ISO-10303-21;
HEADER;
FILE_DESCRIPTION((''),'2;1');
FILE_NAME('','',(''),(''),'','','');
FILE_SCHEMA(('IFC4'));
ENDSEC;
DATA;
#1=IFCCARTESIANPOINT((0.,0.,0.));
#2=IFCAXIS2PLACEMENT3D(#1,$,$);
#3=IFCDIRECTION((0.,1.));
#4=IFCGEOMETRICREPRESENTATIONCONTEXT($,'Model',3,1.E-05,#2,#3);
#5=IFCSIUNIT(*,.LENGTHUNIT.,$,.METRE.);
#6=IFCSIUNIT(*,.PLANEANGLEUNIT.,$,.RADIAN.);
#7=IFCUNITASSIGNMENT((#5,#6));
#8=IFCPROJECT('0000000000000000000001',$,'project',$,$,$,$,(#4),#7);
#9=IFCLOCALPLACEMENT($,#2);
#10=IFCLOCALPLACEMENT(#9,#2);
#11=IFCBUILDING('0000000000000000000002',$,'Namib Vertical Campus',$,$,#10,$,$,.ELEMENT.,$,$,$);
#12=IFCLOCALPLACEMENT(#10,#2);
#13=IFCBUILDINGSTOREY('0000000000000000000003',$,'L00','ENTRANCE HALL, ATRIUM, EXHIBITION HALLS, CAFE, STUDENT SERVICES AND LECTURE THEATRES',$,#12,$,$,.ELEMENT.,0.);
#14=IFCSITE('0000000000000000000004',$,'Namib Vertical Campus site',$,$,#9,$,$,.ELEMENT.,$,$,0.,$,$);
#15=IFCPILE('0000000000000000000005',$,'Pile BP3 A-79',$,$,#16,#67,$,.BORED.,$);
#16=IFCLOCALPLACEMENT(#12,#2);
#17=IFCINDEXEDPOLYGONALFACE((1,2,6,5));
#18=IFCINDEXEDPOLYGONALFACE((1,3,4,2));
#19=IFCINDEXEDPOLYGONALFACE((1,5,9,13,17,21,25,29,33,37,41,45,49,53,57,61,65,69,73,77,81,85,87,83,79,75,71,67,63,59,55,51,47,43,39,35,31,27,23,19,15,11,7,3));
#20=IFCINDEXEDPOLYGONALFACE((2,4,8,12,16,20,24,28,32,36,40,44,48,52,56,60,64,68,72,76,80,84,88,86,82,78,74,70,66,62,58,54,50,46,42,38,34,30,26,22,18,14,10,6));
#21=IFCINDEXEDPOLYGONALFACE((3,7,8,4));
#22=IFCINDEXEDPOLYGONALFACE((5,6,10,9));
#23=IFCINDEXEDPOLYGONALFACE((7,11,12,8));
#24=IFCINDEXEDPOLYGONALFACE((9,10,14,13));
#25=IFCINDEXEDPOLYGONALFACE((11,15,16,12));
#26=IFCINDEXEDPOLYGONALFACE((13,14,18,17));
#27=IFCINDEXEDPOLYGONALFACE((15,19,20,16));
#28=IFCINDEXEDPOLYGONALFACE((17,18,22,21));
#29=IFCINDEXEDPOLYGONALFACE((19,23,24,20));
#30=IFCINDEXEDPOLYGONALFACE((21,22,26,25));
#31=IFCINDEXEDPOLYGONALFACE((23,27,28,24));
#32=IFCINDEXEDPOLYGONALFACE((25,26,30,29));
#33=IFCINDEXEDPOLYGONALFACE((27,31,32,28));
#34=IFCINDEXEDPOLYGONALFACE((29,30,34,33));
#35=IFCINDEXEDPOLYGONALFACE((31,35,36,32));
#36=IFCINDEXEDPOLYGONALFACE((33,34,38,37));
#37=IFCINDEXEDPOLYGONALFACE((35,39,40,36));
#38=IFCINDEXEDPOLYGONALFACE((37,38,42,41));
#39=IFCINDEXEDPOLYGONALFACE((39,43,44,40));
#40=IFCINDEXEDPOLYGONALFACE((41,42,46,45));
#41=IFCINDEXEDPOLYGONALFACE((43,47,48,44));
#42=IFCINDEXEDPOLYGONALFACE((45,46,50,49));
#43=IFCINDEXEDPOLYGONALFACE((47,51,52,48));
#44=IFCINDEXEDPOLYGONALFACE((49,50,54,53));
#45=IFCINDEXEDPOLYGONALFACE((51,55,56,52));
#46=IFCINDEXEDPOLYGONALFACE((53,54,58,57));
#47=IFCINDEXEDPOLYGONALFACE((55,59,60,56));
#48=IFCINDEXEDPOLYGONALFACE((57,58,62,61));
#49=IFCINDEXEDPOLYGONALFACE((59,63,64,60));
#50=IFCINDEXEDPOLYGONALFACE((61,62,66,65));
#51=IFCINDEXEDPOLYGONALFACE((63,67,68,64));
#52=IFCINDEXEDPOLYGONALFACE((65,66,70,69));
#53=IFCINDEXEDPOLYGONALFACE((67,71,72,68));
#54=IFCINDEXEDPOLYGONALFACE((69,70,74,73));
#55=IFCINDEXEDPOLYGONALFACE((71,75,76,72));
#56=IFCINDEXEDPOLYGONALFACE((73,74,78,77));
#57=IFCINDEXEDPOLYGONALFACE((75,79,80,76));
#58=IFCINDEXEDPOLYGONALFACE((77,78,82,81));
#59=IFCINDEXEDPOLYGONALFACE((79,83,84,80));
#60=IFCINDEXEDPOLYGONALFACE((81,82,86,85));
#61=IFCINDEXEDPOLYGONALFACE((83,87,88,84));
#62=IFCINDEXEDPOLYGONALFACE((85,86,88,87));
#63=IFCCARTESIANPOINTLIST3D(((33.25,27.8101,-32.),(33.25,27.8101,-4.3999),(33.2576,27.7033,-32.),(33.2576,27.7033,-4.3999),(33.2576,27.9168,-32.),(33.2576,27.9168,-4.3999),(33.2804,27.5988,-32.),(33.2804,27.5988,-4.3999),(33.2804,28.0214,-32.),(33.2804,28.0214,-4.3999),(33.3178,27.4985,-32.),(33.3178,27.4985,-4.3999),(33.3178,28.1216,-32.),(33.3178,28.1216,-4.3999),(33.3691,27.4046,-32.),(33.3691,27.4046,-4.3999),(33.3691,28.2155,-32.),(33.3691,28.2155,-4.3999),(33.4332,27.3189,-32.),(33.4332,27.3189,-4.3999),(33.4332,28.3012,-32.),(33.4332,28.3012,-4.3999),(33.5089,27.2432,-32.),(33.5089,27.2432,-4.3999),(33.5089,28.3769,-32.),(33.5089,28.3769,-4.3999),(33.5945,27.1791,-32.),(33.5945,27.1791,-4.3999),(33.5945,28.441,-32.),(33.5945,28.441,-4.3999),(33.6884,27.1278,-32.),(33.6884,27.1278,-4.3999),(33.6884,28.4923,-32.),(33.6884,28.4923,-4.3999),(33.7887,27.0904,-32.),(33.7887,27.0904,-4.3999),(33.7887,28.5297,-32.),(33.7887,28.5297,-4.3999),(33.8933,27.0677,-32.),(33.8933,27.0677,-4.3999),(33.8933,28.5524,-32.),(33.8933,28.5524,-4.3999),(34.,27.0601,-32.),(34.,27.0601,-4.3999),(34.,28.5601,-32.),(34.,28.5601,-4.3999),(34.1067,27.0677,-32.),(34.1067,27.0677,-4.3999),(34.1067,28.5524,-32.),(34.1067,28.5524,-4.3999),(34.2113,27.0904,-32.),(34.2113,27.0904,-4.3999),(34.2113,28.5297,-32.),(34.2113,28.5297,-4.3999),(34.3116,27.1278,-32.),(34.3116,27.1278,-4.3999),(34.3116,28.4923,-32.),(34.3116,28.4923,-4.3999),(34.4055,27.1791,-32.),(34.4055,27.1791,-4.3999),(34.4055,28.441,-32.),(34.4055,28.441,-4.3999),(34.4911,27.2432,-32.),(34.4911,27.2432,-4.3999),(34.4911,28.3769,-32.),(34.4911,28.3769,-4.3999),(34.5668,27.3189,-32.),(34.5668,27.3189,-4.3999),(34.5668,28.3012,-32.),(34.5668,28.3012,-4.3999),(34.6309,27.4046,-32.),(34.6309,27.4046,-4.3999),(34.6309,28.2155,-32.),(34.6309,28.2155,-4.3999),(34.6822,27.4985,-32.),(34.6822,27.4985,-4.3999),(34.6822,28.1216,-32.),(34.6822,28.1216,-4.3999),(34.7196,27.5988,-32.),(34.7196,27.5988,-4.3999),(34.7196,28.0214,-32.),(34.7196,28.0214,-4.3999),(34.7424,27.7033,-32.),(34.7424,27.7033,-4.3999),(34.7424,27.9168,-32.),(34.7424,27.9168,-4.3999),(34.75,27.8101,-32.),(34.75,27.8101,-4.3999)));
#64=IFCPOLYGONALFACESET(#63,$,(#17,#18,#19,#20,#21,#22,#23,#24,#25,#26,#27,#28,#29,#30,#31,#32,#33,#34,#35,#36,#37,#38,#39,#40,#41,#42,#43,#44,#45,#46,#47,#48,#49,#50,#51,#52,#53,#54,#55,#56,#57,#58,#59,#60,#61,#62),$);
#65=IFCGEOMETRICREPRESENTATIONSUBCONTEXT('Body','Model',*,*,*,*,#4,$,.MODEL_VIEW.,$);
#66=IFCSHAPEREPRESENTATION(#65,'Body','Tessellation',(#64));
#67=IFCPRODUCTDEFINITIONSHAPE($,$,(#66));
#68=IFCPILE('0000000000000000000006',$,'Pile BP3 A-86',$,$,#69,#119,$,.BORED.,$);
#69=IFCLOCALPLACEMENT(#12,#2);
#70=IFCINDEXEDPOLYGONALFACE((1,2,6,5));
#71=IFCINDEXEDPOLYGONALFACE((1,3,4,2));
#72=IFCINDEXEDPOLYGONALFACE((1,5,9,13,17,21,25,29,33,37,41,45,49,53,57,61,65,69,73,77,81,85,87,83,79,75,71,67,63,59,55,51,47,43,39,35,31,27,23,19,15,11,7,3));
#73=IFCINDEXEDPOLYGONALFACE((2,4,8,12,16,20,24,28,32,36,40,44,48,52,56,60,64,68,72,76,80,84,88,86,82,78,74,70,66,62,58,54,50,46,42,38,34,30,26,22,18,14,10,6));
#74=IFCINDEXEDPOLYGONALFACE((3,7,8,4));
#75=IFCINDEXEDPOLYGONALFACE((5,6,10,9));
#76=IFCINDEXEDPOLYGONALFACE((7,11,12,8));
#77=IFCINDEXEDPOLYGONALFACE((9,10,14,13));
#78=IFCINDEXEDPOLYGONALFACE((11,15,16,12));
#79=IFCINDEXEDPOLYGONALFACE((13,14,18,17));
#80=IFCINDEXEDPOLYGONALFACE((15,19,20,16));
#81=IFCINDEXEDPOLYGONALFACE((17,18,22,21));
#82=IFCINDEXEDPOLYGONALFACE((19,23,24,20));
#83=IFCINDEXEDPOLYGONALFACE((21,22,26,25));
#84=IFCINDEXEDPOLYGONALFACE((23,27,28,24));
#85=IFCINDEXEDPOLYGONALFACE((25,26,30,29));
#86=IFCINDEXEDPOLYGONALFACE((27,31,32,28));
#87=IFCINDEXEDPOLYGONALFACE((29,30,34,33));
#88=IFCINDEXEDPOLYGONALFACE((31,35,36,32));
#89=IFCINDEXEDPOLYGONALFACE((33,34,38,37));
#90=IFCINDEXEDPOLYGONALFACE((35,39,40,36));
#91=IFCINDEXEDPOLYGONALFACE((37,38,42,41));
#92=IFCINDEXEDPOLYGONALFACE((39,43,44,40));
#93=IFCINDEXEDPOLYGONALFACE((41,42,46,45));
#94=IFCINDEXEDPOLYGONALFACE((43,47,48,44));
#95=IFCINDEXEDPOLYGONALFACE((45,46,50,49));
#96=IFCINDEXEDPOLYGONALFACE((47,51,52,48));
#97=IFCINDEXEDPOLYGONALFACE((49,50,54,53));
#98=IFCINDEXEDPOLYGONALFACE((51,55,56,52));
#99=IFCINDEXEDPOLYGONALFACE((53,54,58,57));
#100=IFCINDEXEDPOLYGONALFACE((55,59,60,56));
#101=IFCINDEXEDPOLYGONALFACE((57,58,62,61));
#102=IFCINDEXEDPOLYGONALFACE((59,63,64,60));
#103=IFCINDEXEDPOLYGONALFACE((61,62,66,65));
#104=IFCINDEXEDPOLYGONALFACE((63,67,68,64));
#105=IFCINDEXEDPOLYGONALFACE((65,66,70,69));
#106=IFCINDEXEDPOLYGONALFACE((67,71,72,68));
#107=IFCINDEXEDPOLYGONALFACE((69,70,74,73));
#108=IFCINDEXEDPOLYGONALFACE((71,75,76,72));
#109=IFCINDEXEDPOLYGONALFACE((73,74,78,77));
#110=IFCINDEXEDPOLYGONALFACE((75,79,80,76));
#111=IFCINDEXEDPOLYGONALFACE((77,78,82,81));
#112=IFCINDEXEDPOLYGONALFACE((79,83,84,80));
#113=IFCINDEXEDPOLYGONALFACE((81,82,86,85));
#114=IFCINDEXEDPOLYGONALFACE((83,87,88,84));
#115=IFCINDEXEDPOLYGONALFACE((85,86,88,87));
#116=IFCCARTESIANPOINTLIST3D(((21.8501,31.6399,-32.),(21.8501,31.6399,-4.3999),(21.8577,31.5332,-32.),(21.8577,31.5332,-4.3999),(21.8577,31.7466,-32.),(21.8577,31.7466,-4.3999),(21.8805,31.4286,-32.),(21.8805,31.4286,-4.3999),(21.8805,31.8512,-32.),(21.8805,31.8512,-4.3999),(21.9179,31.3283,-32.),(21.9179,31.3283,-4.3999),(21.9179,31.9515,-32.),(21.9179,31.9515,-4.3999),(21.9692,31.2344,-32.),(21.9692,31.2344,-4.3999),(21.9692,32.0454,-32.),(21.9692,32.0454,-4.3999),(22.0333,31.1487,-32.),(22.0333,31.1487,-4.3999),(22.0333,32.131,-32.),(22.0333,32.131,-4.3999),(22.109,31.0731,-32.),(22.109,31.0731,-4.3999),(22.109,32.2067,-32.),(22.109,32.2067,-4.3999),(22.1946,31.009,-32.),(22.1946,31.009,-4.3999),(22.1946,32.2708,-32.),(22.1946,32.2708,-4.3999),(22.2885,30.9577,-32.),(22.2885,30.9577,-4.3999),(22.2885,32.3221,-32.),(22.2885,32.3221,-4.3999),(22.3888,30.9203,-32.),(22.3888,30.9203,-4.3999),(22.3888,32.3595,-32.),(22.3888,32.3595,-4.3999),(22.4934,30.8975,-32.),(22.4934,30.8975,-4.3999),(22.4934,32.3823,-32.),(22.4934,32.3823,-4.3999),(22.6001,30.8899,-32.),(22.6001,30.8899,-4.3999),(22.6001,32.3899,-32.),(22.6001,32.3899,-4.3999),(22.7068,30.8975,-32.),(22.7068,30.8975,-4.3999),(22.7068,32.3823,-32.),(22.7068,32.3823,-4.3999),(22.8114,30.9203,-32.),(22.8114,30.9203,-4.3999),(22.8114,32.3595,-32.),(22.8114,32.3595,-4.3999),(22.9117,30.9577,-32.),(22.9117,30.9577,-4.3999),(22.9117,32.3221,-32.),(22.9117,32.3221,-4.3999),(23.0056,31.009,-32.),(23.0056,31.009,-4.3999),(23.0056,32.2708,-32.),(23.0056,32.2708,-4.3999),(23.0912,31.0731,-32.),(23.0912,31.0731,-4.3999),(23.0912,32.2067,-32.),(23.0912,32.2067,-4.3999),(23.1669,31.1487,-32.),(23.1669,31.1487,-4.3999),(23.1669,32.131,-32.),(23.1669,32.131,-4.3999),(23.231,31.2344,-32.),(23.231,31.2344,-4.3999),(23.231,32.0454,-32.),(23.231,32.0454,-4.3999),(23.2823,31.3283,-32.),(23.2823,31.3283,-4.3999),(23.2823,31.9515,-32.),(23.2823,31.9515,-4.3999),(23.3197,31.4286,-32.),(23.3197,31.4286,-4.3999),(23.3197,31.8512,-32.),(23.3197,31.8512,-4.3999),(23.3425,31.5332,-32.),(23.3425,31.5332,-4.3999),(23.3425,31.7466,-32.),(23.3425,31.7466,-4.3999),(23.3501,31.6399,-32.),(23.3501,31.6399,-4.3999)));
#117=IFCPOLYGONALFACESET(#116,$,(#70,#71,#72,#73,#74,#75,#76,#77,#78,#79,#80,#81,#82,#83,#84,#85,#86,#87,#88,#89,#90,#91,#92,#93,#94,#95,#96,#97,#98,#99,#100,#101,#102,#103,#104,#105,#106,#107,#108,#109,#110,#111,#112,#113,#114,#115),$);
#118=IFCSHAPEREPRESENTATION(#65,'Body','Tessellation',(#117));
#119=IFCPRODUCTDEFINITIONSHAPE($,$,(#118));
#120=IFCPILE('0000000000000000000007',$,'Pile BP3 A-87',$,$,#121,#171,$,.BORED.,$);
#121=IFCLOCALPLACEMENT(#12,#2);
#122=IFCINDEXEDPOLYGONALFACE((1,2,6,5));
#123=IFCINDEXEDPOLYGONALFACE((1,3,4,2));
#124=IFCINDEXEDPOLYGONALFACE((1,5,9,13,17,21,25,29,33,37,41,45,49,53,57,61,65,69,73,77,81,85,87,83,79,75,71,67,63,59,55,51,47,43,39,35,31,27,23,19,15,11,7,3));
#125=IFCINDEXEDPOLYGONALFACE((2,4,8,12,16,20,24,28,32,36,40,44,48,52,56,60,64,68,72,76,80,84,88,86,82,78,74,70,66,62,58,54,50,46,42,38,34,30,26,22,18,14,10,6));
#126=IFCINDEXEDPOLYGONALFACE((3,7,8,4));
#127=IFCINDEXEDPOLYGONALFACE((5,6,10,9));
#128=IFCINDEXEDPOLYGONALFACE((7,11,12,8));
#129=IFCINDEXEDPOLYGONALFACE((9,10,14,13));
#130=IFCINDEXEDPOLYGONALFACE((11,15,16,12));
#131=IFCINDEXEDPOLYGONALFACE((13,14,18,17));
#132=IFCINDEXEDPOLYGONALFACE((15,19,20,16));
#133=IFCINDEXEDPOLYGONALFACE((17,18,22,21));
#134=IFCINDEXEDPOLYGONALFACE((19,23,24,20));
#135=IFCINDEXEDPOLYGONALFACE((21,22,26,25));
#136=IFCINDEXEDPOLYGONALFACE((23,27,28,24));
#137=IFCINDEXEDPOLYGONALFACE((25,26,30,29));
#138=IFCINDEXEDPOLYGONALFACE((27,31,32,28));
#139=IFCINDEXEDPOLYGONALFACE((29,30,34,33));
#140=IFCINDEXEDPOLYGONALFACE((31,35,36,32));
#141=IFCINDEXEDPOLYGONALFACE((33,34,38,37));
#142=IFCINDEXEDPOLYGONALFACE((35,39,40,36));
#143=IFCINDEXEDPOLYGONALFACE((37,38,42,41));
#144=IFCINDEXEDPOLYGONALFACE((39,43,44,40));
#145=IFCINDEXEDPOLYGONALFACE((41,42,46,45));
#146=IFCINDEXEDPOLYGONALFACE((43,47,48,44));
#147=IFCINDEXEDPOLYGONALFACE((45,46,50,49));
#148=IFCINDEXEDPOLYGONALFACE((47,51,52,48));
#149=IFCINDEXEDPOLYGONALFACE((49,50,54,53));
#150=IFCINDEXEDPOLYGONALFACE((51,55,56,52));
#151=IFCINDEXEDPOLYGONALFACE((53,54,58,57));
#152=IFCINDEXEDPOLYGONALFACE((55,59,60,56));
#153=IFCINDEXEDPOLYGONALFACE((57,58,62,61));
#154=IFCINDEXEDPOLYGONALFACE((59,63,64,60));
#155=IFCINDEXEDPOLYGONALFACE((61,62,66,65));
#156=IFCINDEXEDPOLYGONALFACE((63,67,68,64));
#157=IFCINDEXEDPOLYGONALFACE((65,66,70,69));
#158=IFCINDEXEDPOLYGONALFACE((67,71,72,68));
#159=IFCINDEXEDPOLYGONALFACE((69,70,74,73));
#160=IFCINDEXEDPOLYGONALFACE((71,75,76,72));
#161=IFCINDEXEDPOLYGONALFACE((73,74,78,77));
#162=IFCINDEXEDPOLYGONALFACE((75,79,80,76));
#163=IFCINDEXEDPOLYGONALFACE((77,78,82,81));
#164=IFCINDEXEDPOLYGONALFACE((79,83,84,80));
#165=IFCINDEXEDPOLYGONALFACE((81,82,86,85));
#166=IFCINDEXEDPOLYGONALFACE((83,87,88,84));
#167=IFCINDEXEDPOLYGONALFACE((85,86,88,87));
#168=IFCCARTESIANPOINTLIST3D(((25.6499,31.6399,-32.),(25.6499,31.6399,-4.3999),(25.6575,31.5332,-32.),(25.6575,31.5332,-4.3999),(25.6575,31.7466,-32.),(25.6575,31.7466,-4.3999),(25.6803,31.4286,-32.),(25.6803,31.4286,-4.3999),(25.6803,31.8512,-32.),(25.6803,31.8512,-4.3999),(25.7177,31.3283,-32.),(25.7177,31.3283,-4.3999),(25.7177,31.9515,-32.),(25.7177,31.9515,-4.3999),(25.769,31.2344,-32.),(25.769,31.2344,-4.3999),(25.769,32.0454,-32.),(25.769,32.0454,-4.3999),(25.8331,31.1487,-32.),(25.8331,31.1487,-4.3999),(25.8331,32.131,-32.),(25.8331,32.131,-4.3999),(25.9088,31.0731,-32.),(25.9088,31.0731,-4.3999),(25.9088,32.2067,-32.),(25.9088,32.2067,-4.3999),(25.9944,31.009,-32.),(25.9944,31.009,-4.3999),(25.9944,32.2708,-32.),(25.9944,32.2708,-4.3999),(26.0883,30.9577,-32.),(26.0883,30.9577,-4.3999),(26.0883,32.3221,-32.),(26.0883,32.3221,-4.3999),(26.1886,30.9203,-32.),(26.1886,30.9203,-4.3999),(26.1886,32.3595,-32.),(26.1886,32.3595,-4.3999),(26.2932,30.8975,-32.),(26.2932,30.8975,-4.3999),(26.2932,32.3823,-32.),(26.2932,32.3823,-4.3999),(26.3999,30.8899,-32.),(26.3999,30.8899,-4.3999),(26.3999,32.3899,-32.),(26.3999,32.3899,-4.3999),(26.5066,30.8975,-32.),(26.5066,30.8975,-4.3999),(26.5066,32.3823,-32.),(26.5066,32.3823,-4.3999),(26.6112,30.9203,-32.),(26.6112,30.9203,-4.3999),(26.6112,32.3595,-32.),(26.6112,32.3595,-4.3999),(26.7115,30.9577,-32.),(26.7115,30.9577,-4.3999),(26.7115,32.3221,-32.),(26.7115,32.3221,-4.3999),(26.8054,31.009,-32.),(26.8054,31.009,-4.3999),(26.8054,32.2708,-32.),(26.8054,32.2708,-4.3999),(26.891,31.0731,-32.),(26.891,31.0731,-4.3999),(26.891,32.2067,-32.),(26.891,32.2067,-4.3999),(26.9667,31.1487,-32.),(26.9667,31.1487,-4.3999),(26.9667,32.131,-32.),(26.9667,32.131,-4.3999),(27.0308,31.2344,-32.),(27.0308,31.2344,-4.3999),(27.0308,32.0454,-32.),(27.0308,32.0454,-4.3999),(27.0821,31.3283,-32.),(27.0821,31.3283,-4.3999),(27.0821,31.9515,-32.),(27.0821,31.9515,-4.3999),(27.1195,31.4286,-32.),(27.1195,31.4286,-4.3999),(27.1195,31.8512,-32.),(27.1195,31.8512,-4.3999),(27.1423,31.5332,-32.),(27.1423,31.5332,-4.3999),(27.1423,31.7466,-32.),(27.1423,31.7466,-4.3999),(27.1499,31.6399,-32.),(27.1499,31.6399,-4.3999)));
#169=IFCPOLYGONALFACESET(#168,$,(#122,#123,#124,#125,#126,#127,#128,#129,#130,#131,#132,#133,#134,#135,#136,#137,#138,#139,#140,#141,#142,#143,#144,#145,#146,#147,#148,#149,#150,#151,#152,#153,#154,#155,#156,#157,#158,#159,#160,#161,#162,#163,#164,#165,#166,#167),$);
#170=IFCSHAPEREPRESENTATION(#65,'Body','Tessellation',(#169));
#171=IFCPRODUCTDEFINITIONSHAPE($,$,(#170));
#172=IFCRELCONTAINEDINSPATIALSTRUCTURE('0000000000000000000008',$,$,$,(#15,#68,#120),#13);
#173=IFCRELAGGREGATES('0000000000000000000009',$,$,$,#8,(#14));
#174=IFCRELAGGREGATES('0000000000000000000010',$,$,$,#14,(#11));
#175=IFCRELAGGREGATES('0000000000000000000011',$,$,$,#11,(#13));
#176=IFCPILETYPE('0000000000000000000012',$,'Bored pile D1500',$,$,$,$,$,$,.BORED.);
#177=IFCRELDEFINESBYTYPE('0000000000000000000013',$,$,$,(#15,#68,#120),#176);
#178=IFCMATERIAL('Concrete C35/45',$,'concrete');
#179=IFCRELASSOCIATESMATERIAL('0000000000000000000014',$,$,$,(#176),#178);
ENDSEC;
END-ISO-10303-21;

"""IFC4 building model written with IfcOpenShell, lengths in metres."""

from ifc_helpers import new_model, si_unit, direction, frame, origin, origin_2d, place, context, subcontext, project, spatial, circle, extrude, material, material_profile, profile_set, type_object, element, save


model = new_model("IFC4")

# Units and contexts
model_context = context("Model", 3, precision=1e-05, world=origin(), true_north=direction((0.0, 1.0)))
body_context = subcontext(model_context, "Body", "Model", "MODEL_VIEW")
ifc_project = project(units=[si_unit("LENGTHUNIT", "METRE"), si_unit("PLANEANGLEUNIT", "RADIAN")], contexts=[model_context])

# Site, building, storey
site_placement = place(None, origin())
site = spatial("IfcSite", under=ifc_project, at=site_placement, Name="Namib Vertical Campus site", CompositionType="ELEMENT", RefElevation=0.0)
building_placement = place(site_placement, origin())
building = spatial("IfcBuilding", under=site, at=building_placement, Name="Namib Vertical Campus", CompositionType="ELEMENT")
storey_placement = place(building_placement, origin())
storey = spatial("IfcBuildingStorey", under=building, at=storey_placement, Name="L00", Description="ENTRANCE HALL, ATRIUM, EXHIBITION HALLS, CAFE, STUDENT SERVICES AND LECTURE THEATRES", CompositionType="ELEMENT", Elevation=0.0)

# Piles
ifc_material_1 = material(Name="Concrete C35/45", Category="concrete")
ifc_material_profile_1 = material_profile(ifc_material_1, circle(Radius=0.75, at=origin_2d()))
ifc_profile_set_1 = profile_set([ifc_material_profile_1], Name="Concrete C35/45")
pile_type = type_object("IfcPileType", Name="Bored pile D1500", PredefinedType="BORED", material=ifc_profile_set_1)
for number, where, z_axis, x_axis, name in (
    (1, (34.0, 27.8101, -4.3999), (0.0, 0.0, -1.0), (1.0, 0.0, 0.0), "Pile BP3 A-79"),
    (2, (22.6001, 31.6399, -4.3999), (0.0, 0.0, -1.0), (1.0, 0.0, 0.0), "Pile BP3 A-86"),
    (3, (26.3999, 31.6399, -4.3999), (0.0, 0.0, -1.0), (1.0, 0.0, 0.0), "Pile BP3 A-87"),
):
    element("IfcPile", number, at=place(storey_placement, frame(where, z_axis=z_axis, x_axis=x_axis)), inside=storey, type_object=pile_type, Name=name, PredefinedType="BORED", context=body_context, shape_type="SweptSolid", body=[
        extrude(circle(Radius=0.75, at=origin_2d()), origin(), (0.0, 0.0, 1.0), 27.6001),
    ])

save(model, "model.ifc")
